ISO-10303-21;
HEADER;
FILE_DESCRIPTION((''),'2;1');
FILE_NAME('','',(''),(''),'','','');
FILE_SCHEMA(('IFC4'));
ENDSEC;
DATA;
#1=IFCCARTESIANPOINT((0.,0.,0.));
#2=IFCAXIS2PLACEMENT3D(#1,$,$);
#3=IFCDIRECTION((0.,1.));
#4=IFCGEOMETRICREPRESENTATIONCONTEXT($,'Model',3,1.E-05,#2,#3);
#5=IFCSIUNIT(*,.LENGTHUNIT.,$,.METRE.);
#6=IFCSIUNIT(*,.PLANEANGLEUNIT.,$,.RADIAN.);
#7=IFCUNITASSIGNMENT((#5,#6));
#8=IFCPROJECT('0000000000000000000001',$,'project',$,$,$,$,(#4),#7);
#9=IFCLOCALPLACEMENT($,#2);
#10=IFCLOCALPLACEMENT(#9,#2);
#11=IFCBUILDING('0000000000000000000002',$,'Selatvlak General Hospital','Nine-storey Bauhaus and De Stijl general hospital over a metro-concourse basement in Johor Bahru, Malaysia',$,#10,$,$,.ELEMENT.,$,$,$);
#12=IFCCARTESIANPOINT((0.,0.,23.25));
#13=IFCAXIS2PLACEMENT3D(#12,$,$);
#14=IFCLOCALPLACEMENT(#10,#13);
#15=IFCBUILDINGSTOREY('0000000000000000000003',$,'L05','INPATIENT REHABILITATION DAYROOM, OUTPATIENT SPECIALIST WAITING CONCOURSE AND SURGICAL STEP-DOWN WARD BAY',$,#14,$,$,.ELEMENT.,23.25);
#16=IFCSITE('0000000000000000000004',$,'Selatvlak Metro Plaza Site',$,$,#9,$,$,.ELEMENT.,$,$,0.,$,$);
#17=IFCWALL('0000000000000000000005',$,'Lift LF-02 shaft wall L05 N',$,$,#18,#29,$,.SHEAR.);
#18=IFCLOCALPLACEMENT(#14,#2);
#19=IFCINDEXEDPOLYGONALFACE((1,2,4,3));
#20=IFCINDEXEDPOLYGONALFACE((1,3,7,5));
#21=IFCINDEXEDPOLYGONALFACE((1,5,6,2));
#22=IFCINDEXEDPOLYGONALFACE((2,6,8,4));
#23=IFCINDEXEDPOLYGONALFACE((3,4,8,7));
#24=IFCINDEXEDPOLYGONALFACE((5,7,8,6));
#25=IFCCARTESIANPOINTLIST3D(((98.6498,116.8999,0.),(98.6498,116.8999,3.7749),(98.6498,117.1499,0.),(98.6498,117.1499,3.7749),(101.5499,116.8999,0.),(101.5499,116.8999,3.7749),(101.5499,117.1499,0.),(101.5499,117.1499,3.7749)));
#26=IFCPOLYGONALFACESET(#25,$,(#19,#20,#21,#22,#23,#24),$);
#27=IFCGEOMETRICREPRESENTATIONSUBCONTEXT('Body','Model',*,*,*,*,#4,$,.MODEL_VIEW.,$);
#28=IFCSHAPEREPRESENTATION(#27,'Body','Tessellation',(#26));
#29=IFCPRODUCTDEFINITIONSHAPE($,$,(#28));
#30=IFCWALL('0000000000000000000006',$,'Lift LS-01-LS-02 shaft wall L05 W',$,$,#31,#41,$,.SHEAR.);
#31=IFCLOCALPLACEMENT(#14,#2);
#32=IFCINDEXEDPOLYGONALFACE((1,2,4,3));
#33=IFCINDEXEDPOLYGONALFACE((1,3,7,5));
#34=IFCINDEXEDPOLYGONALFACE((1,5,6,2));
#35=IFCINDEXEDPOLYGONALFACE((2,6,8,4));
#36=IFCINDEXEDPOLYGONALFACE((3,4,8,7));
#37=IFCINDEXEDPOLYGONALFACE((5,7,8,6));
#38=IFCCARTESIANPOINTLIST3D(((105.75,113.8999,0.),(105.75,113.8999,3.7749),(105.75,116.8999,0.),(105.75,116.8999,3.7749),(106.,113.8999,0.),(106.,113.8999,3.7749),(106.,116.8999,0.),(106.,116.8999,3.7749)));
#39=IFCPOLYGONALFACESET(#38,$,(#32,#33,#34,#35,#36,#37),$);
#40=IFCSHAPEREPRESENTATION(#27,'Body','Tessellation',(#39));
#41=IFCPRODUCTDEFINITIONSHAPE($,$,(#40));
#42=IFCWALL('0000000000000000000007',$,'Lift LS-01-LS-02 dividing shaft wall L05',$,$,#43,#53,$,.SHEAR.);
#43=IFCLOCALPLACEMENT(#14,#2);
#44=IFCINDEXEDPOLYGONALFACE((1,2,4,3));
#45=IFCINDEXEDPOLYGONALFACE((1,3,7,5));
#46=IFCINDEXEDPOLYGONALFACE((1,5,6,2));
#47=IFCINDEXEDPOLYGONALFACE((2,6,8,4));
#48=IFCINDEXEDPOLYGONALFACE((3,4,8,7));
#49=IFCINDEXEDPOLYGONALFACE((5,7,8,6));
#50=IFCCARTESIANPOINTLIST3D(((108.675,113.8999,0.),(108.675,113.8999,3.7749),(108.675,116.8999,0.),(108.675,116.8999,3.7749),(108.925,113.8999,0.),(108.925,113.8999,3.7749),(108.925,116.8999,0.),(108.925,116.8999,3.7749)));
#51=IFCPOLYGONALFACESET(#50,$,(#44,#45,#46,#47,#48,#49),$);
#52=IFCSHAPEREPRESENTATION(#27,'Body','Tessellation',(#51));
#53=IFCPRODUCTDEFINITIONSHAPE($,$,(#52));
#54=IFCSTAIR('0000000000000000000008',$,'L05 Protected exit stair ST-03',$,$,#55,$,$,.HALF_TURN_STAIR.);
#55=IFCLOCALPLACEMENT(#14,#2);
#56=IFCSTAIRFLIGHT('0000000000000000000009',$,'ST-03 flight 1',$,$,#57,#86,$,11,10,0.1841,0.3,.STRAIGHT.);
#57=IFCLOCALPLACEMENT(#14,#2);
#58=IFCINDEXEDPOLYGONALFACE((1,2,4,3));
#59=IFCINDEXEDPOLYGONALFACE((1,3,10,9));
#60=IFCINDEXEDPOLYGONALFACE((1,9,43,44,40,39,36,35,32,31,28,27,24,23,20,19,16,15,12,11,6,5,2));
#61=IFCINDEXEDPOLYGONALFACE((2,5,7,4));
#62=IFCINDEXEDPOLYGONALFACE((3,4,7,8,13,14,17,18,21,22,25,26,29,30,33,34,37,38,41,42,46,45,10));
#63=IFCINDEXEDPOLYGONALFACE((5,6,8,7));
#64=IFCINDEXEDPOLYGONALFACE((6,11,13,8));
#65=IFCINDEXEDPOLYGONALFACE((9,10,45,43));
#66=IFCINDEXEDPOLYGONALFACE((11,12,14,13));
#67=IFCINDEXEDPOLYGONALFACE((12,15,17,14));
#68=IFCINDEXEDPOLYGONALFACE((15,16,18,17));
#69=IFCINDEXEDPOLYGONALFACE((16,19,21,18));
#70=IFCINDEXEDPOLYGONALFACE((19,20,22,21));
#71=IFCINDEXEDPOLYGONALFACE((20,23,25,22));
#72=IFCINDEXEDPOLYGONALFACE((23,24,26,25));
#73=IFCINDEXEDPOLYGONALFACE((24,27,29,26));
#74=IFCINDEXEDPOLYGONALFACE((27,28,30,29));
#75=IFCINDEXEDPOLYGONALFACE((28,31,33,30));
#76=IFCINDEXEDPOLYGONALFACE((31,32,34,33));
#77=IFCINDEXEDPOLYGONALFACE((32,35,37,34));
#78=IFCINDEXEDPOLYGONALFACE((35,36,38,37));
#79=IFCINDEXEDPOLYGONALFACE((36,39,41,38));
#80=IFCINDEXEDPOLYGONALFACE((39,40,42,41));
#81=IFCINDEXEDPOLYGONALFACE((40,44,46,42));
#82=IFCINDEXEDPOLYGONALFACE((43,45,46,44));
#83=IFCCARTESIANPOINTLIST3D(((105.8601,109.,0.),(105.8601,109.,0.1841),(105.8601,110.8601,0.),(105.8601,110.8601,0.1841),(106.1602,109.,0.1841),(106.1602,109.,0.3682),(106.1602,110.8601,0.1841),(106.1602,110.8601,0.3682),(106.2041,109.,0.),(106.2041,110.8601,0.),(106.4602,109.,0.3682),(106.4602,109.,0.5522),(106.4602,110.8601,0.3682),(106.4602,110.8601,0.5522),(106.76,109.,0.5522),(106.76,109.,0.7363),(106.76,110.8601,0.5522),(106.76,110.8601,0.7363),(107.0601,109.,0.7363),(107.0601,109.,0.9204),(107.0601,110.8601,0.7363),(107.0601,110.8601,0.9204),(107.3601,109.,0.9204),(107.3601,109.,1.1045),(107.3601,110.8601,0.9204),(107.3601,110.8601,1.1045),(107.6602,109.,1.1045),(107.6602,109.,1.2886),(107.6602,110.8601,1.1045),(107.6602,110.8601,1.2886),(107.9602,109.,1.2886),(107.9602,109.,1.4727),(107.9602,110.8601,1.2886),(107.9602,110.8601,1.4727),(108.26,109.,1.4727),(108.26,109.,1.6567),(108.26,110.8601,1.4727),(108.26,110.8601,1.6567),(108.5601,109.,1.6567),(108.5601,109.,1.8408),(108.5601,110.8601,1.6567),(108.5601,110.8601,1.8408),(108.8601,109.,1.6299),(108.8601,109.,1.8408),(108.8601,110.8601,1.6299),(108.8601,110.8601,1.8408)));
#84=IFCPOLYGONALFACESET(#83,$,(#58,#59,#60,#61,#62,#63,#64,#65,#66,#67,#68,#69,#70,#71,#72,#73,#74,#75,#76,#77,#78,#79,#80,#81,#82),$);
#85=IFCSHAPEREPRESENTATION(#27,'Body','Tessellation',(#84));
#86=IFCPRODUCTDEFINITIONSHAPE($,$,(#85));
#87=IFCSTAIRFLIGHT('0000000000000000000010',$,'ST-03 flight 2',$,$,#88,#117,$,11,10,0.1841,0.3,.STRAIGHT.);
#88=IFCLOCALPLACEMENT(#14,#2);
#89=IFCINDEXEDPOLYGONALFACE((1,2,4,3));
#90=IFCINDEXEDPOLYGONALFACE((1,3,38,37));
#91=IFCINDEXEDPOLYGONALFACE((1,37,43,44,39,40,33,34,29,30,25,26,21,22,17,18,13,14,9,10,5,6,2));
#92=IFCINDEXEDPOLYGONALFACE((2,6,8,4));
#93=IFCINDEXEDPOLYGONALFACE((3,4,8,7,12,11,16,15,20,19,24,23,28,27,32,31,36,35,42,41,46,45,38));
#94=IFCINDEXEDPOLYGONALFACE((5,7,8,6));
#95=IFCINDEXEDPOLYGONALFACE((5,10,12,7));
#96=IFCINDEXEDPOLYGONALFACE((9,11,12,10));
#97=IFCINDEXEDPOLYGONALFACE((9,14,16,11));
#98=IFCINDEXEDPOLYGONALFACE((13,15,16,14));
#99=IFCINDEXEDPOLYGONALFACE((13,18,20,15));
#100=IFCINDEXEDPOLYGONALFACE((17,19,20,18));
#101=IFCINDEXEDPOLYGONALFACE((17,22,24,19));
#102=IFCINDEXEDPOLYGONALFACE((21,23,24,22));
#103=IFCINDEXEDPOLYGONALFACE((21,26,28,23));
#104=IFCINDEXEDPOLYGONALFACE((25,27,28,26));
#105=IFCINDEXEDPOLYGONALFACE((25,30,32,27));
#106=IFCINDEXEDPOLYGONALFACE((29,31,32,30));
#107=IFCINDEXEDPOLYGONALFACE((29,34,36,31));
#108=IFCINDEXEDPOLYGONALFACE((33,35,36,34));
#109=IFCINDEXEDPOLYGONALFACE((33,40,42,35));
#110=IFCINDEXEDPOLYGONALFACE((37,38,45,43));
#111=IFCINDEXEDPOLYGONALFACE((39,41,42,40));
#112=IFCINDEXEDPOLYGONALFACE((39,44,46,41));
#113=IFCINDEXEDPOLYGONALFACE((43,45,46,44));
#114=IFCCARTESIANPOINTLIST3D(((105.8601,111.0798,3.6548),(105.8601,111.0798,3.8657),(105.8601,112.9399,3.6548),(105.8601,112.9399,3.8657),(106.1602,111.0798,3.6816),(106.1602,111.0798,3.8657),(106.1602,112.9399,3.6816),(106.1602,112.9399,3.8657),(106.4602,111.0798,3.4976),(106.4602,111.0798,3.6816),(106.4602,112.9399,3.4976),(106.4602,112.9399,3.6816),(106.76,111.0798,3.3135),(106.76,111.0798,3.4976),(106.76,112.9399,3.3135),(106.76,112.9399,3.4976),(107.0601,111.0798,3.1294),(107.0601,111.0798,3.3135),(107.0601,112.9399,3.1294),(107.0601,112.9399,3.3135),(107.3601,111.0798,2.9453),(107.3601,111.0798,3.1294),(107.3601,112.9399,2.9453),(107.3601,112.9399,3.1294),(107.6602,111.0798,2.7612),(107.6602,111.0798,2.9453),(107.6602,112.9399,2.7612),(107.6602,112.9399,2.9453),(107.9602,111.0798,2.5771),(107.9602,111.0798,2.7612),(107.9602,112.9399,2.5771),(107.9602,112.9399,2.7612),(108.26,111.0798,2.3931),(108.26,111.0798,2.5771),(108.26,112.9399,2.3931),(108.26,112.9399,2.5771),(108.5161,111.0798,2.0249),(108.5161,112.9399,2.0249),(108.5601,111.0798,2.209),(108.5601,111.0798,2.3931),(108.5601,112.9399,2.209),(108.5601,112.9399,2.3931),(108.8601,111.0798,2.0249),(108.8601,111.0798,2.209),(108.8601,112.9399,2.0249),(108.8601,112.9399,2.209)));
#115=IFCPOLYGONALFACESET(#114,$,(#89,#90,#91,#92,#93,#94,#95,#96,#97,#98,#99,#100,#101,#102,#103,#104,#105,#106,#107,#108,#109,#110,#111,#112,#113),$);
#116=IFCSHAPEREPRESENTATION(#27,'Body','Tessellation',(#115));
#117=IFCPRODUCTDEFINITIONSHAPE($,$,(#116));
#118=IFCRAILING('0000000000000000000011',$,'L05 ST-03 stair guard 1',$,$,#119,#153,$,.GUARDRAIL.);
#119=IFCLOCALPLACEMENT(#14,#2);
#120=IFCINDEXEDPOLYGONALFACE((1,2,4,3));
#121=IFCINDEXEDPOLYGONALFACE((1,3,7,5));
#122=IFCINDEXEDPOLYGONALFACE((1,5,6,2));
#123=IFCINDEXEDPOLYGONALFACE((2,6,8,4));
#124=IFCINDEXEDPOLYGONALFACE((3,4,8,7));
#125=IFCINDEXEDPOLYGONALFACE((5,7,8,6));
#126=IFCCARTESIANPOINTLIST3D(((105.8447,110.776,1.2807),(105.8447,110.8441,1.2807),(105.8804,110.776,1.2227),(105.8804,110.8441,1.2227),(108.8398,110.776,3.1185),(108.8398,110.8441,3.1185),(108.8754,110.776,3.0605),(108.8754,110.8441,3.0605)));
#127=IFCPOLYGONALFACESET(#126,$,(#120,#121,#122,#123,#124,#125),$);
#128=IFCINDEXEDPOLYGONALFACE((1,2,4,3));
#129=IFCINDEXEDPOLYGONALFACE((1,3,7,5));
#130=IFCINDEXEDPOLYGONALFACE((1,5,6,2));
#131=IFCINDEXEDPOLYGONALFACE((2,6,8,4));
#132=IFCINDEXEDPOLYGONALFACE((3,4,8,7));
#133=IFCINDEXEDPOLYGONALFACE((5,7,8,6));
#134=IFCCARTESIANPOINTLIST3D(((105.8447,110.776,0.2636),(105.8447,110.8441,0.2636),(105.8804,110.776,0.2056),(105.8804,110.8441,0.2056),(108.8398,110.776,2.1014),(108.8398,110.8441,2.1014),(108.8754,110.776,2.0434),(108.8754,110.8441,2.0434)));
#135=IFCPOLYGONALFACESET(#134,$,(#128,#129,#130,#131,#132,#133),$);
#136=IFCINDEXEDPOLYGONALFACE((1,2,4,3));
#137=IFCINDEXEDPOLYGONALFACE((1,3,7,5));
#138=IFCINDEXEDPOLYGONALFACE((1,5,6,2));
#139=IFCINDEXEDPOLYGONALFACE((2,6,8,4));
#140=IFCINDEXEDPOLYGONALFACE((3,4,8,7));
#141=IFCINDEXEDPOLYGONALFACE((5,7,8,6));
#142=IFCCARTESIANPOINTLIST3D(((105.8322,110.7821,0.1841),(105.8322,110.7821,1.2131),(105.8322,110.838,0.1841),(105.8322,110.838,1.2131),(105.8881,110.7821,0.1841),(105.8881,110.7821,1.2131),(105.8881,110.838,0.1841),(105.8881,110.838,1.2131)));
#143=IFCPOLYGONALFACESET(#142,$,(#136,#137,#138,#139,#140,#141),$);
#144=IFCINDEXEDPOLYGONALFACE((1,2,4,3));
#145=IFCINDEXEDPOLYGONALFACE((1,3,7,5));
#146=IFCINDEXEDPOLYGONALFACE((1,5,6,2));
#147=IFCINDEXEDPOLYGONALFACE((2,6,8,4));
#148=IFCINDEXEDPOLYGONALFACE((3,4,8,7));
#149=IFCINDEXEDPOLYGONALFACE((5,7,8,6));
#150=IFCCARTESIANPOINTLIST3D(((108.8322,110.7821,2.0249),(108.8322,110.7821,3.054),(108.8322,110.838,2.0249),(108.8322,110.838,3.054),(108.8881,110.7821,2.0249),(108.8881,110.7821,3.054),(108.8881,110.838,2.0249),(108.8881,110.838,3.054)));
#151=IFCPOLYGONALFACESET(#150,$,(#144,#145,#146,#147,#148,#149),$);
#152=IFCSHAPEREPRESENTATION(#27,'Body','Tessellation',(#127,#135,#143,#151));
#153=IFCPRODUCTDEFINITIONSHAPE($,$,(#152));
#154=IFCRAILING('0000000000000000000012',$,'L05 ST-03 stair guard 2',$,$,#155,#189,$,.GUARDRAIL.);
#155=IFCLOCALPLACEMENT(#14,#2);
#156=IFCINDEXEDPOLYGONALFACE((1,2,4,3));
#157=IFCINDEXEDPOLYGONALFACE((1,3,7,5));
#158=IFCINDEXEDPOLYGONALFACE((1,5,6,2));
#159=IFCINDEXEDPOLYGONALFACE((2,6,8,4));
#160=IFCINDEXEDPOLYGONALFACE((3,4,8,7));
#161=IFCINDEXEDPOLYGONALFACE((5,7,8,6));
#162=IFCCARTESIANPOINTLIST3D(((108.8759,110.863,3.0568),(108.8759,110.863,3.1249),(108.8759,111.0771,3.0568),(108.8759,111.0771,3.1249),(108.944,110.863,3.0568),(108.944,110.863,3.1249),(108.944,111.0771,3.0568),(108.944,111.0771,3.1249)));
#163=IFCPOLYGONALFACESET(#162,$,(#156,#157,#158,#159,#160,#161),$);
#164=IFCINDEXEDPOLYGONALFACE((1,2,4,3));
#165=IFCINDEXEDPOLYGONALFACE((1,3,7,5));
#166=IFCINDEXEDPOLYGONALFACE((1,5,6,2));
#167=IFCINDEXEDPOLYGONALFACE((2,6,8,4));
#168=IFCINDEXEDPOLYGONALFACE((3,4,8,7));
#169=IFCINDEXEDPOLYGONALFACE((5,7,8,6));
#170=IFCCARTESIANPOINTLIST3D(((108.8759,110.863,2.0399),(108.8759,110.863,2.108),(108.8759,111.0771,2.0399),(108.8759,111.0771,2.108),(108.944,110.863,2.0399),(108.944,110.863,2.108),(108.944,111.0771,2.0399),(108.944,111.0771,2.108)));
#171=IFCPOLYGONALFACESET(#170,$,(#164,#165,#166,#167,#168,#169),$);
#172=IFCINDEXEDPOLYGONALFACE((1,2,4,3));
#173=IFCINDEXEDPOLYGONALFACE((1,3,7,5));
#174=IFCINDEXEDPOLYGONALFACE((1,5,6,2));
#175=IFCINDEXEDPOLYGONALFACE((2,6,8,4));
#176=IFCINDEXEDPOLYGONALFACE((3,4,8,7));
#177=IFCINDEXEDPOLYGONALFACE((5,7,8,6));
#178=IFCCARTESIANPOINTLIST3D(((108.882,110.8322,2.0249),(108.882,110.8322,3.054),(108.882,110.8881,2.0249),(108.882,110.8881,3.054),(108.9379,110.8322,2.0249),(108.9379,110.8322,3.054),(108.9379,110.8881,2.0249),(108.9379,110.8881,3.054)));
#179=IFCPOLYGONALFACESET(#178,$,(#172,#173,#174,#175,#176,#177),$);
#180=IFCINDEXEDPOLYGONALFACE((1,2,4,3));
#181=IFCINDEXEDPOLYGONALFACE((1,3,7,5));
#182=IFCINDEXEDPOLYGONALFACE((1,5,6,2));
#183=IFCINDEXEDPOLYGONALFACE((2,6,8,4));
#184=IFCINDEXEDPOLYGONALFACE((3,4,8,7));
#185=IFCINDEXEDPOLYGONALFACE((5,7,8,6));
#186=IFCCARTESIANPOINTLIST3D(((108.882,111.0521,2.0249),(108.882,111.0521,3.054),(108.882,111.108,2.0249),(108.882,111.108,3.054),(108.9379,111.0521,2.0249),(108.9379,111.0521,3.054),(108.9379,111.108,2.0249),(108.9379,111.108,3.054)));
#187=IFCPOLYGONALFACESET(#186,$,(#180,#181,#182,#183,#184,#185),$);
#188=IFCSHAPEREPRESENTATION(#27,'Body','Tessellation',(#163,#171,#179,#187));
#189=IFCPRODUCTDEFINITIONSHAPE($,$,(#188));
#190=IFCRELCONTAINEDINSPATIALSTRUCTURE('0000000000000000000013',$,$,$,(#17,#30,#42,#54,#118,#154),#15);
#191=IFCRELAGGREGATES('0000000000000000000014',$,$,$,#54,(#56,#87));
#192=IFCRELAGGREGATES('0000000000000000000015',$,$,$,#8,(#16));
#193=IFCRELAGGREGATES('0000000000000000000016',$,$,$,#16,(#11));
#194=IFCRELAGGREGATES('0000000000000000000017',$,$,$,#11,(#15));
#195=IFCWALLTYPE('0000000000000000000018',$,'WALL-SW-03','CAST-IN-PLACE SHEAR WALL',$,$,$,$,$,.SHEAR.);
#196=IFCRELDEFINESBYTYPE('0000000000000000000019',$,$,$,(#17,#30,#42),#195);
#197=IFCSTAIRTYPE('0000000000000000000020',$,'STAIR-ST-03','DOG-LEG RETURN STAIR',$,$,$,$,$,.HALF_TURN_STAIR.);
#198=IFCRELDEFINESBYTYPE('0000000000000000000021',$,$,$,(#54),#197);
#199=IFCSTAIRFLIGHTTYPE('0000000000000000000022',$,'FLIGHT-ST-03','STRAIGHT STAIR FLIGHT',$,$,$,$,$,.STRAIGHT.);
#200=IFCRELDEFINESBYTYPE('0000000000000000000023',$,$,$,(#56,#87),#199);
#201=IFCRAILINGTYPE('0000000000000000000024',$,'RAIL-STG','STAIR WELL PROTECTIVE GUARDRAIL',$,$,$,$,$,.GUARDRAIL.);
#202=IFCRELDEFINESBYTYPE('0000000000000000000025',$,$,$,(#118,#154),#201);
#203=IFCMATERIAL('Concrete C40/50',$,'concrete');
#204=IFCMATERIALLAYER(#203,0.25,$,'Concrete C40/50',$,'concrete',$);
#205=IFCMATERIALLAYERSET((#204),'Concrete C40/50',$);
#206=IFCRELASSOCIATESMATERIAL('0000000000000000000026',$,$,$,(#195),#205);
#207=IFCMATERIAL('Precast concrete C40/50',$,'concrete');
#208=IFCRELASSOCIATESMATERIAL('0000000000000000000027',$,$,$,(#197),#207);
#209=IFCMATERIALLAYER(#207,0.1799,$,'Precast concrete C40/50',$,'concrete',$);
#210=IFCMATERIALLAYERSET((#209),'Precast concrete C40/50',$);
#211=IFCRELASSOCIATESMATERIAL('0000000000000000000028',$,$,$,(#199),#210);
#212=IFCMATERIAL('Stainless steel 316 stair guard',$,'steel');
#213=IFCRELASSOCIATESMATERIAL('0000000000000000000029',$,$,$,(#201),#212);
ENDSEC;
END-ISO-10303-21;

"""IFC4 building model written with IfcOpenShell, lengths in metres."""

from ifc_helpers import new_model, si_unit, direction, frame, frame_2d, origin, origin_2d, place, context, subcontext, project, spatial, polyline, rectangle, outline, extrude, material, layer, layer_set, type_object, element, aggregate, save


model = new_model("IFC4")

# Units and contexts
model_context = context("Model", 3, precision=1e-05, world=origin(), true_north=direction((0.0, 1.0)))
body_context = subcontext(model_context, "Body", "Model", "MODEL_VIEW")
ifc_project = project(units=[si_unit("LENGTHUNIT", "METRE"), si_unit("PLANEANGLEUNIT", "RADIAN")], contexts=[model_context])

# Site, building, storey
site_placement = place(None, origin())
site = spatial("IfcSite", under=ifc_project, at=site_placement, Name="Selatvlak Metro Plaza Site", CompositionType="ELEMENT", RefElevation=0.0)
building_placement = place(site_placement, origin())
building = spatial("IfcBuilding", under=site, at=building_placement, Name="Selatvlak General Hospital", Description="Nine-storey Bauhaus and De Stijl general hospital over a metro-concourse basement in Johor Bahru, Malaysia", CompositionType="ELEMENT")
storey_placement = place(building_placement, frame((0.0, 0.0, 23.25)))
storey = spatial("IfcBuildingStorey", under=building, at=storey_placement, Name="L05", Description="INPATIENT REHABILITATION DAYROOM, OUTPATIENT SPECIALIST WAITING CONCOURSE AND SURGICAL STEP-DOWN WARD BAY", CompositionType="ELEMENT", Elevation=23.25)

# Shared definitions
ifc_material_1 = material(Name="Concrete C40/50", Category="concrete")

# Wall
ifc_layer_1 = layer(ifc_material_1, 0.25, Name="Concrete C40/50", Category="concrete")
ifc_layer_set_1 = layer_set([ifc_layer_1], Name="Concrete C40/50")
wall_type_1 = type_object("IfcWallType", Name="WALL-SW-03", Description="CAST-IN-PLACE SHEAR WALL", PredefinedType="SHEAR", material=ifc_layer_set_1)
wall_1_placement = place(storey_placement, frame((101.55, 117.0249, 0.0), z_axis=(0.0, 0.0, 1.0), x_axis=(-1.0, 0.0, 0.0)))
element("IfcWall", 1, at=wall_1_placement, inside=storey, type_object=wall_type_1, Name="Lift LF-02 shaft wall L05 N", PredefinedType="SHEAR", context=body_context, shape_type="SweptSolid", body=[
    extrude(rectangle(XDim=2.9001, YDim=0.25, at=frame_2d((1.4502, 0.0))), origin(), (0.0, 0.0, 1.0), 3.7749),
])

# Walls
for number, where, z_axis, x_axis, name in (
    (2, (105.875, 116.8999, 0.0), (0.0, 0.0, 1.0), (0.0, -1.0, 0.0), "Lift LS-01-LS-02 shaft wall L05 W"),
    (3, (108.8, 113.8999, 0.0), (0.0, 0.0, 1.0), (0.0, 1.0, 0.0), "Lift LS-01-LS-02 dividing shaft wall L05"),
):
    element("IfcWall", number, at=place(storey_placement, frame(where, z_axis=z_axis, x_axis=x_axis)), inside=storey, type_object=wall_type_1, Name=name, PredefinedType="SHEAR", context=body_context, shape_type="SweptSolid", body=[
        extrude(rectangle(XDim=3.0, YDim=0.25, at=frame_2d((1.5, 0.0))), origin(), (0.0, 0.0, 1.0), 3.7749),
    ])

# Stair, stair flights
ifc_material_2 = material(Name="Precast concrete C40/50", Category="concrete")
stair_type = type_object("IfcStairType", Name="STAIR-ST-03", Description="DOG-LEG RETURN STAIR", PredefinedType="HALF_TURN_STAIR", material=ifc_material_2)
stair_placement = place(storey_placement, origin())
stair = element("IfcStair", 4, at=stair_placement, inside=storey, type_object=stair_type, Name="L05 Protected exit stair ST-03", PredefinedType="HALF_TURN_STAIR")
ifc_layer_2 = layer(ifc_material_2, 0.1799, Name="Precast concrete C40/50", Category="concrete")
ifc_layer_set_2 = layer_set([ifc_layer_2], Name="Precast concrete C40/50")
stair_flight_type = type_object("IfcStairFlightType", Name="FLIGHT-ST-03", Description="STRAIGHT STAIR FLIGHT", PredefinedType="STRAIGHT", material=ifc_layer_set_2)
stair_flight_1_placement = place(storey_placement, frame((105.8601, 109.9299, 0.0), z_axis=(0.0, 0.0, 1.0), x_axis=(1.0, 0.0, 0.0)))
stair_flight_1 = element("IfcStairFlight", 5, at=stair_flight_1_placement, type_object=stair_flight_type, Name="ST-03 flight 1", NumberOfRisers=11, NumberOfTreads=10, PredefinedType="STRAIGHT", RiserHeight=0.1841, TreadLength=0.3, context=body_context, shape_type="SweptSolid", body=[
    extrude(outline(polyline([(0.0, 0.0), (0.0, 0.1841), (0.3, 0.1841), (0.3, 0.3682), (0.6001, 0.3682), (0.6001, 0.5522), (0.8999, 0.5522), (0.8999, 0.7363), (1.2, 0.7363), (1.2, 0.9204), (1.5, 0.9204), (1.5, 1.1045), (1.8, 1.1045), (1.8, 1.2886), (2.1001, 1.2886), (2.1001, 1.4727), (2.3999, 1.4727), (2.3999, 1.6567), (2.7, 1.6567), (2.7, 1.8408), (3.0, 1.8408), (3.0, 2.0249), (3.0, 1.6299), (0.344, 0.0), (0.0, 0.0)])), frame((0.0, 0.9302, 0.0), z_axis=(0.0, -1.0, 0.0), x_axis=(1.0, 0.0, 0.0)), (0.0, 0.0, 1.0), 1.8601),
])
stair_flight_2_placement = place(storey_placement, frame((108.8601, 112.01, 2.0249), z_axis=(0.0, 0.0, 1.0), x_axis=(-1.0, 0.0, 0.0)))
stair_flight_2 = element("IfcStairFlight", 6, at=stair_flight_2_placement, type_object=stair_flight_type, Name="ST-03 flight 2", NumberOfRisers=11, NumberOfTreads=10, PredefinedType="STRAIGHT", RiserHeight=0.1841, TreadLength=0.3, context=body_context, shape_type="SweptSolid", body=[
    extrude(outline(polyline([(0.0, 0.0), (0.0, 0.1841), (0.3, 0.1841), (0.3, 0.3682), (0.6001, 0.3682), (0.6001, 0.5522), (0.8999, 0.5522), (0.8999, 0.7363), (1.2, 0.7363), (1.2, 0.9204), (1.5, 0.9204), (1.5, 1.1045), (1.8, 1.1045), (1.8, 1.2886), (2.1001, 1.2886), (2.1001, 1.4727), (2.3999, 1.4727), (2.3999, 1.6567), (2.7, 1.6567), (2.7, 1.8408), (3.0, 1.8408), (3.0, 2.0249), (3.0, 1.6299), (0.344, 0.0), (0.0, 0.0)])), frame((0.0, 0.9302, 0.0), z_axis=(0.0, -1.0, 0.0), x_axis=(1.0, 0.0, 0.0)), (0.0, 0.0, 1.0), 1.8601),
])
aggregate(stair, [stair_flight_1, stair_flight_2])

# Railings
ifc_material_3 = material(Name="Stainless steel 316 stair guard", Category="steel")
railing_type_1 = type_object("IfcRailingType", Name="RAIL-STG", Description="STAIR WELL PROTECTIVE GUARDRAIL", PredefinedType="GUARDRAIL", material=ifc_material_3)
railing_1_placement = place(storey_placement, frame((105.8601, 110.8101, 0.1841)))
element("IfcRailing", 7, at=railing_1_placement, inside=storey, type_object=railing_type_1, Name="L05 ST-03 stair guard 1", PredefinedType="GUARDRAIL", context=body_context, shape_type="SweptSolid", body=[
    extrude(rectangle(XDim=0.0681, YDim=0.0681, at=origin_2d()), frame((0.0024, 0.0, 1.0676), z_axis=(0.852334, 0.0, 0.522998), x_axis=(0.0, 1.0, 0.0)), (0.0, 0.0, 1.0), 3.5139),
    extrude(rectangle(XDim=0.0681, YDim=0.0681, at=origin_2d()), frame((0.0024, 0.0, 0.0505), z_axis=(0.852334, 0.0, 0.522998), x_axis=(0.0, 1.0, 0.0)), (0.0, 0.0, 1.0), 3.5139),
    extrude(rectangle(XDim=0.0559, YDim=0.0559, at=origin_2d()), origin(), (0.0, 0.0, 1.0), 1.0291),
    extrude(rectangle(XDim=0.0559, YDim=0.0559, at=origin_2d()), frame((3.0, 0.0, 1.8408)), (0.0, 0.0, 1.0), 1.0291),
])
railing_2_placement = place(storey_placement, frame((108.9099, 110.8601, 2.0249)))
element("IfcRailing", 8, at=railing_2_placement, inside=storey, type_object=railing_type_1, Name="L05 ST-03 stair guard 2", PredefinedType="GUARDRAIL", context=body_context, shape_type="SweptSolid", body=[
    extrude(rectangle(XDim=0.0681, YDim=0.0681, at=origin_2d()), frame((0.0, 0.0029, 1.0659), z_axis=(0.0, 1.0, 0.0), x_axis=(-1.0, 0.0, 0.0)), (0.0, 0.0, 1.0), 0.2141),
    extrude(rectangle(XDim=0.0681, YDim=0.0681, at=origin_2d()), frame((0.0, 0.0029, 0.0491), z_axis=(0.0, 1.0, 0.0), x_axis=(-1.0, 0.0, 0.0)), (0.0, 0.0, 1.0), 0.2141),
    extrude(rectangle(XDim=0.0559, YDim=0.0559, at=origin_2d()), origin(), (0.0, 0.0, 1.0), 1.0291),
    extrude(rectangle(XDim=0.0559, YDim=0.0559, at=origin_2d()), frame((0.0, 0.22, 0.0)), (0.0, 0.0, 1.0), 1.0291),
])

save(model, "model.ifc")
